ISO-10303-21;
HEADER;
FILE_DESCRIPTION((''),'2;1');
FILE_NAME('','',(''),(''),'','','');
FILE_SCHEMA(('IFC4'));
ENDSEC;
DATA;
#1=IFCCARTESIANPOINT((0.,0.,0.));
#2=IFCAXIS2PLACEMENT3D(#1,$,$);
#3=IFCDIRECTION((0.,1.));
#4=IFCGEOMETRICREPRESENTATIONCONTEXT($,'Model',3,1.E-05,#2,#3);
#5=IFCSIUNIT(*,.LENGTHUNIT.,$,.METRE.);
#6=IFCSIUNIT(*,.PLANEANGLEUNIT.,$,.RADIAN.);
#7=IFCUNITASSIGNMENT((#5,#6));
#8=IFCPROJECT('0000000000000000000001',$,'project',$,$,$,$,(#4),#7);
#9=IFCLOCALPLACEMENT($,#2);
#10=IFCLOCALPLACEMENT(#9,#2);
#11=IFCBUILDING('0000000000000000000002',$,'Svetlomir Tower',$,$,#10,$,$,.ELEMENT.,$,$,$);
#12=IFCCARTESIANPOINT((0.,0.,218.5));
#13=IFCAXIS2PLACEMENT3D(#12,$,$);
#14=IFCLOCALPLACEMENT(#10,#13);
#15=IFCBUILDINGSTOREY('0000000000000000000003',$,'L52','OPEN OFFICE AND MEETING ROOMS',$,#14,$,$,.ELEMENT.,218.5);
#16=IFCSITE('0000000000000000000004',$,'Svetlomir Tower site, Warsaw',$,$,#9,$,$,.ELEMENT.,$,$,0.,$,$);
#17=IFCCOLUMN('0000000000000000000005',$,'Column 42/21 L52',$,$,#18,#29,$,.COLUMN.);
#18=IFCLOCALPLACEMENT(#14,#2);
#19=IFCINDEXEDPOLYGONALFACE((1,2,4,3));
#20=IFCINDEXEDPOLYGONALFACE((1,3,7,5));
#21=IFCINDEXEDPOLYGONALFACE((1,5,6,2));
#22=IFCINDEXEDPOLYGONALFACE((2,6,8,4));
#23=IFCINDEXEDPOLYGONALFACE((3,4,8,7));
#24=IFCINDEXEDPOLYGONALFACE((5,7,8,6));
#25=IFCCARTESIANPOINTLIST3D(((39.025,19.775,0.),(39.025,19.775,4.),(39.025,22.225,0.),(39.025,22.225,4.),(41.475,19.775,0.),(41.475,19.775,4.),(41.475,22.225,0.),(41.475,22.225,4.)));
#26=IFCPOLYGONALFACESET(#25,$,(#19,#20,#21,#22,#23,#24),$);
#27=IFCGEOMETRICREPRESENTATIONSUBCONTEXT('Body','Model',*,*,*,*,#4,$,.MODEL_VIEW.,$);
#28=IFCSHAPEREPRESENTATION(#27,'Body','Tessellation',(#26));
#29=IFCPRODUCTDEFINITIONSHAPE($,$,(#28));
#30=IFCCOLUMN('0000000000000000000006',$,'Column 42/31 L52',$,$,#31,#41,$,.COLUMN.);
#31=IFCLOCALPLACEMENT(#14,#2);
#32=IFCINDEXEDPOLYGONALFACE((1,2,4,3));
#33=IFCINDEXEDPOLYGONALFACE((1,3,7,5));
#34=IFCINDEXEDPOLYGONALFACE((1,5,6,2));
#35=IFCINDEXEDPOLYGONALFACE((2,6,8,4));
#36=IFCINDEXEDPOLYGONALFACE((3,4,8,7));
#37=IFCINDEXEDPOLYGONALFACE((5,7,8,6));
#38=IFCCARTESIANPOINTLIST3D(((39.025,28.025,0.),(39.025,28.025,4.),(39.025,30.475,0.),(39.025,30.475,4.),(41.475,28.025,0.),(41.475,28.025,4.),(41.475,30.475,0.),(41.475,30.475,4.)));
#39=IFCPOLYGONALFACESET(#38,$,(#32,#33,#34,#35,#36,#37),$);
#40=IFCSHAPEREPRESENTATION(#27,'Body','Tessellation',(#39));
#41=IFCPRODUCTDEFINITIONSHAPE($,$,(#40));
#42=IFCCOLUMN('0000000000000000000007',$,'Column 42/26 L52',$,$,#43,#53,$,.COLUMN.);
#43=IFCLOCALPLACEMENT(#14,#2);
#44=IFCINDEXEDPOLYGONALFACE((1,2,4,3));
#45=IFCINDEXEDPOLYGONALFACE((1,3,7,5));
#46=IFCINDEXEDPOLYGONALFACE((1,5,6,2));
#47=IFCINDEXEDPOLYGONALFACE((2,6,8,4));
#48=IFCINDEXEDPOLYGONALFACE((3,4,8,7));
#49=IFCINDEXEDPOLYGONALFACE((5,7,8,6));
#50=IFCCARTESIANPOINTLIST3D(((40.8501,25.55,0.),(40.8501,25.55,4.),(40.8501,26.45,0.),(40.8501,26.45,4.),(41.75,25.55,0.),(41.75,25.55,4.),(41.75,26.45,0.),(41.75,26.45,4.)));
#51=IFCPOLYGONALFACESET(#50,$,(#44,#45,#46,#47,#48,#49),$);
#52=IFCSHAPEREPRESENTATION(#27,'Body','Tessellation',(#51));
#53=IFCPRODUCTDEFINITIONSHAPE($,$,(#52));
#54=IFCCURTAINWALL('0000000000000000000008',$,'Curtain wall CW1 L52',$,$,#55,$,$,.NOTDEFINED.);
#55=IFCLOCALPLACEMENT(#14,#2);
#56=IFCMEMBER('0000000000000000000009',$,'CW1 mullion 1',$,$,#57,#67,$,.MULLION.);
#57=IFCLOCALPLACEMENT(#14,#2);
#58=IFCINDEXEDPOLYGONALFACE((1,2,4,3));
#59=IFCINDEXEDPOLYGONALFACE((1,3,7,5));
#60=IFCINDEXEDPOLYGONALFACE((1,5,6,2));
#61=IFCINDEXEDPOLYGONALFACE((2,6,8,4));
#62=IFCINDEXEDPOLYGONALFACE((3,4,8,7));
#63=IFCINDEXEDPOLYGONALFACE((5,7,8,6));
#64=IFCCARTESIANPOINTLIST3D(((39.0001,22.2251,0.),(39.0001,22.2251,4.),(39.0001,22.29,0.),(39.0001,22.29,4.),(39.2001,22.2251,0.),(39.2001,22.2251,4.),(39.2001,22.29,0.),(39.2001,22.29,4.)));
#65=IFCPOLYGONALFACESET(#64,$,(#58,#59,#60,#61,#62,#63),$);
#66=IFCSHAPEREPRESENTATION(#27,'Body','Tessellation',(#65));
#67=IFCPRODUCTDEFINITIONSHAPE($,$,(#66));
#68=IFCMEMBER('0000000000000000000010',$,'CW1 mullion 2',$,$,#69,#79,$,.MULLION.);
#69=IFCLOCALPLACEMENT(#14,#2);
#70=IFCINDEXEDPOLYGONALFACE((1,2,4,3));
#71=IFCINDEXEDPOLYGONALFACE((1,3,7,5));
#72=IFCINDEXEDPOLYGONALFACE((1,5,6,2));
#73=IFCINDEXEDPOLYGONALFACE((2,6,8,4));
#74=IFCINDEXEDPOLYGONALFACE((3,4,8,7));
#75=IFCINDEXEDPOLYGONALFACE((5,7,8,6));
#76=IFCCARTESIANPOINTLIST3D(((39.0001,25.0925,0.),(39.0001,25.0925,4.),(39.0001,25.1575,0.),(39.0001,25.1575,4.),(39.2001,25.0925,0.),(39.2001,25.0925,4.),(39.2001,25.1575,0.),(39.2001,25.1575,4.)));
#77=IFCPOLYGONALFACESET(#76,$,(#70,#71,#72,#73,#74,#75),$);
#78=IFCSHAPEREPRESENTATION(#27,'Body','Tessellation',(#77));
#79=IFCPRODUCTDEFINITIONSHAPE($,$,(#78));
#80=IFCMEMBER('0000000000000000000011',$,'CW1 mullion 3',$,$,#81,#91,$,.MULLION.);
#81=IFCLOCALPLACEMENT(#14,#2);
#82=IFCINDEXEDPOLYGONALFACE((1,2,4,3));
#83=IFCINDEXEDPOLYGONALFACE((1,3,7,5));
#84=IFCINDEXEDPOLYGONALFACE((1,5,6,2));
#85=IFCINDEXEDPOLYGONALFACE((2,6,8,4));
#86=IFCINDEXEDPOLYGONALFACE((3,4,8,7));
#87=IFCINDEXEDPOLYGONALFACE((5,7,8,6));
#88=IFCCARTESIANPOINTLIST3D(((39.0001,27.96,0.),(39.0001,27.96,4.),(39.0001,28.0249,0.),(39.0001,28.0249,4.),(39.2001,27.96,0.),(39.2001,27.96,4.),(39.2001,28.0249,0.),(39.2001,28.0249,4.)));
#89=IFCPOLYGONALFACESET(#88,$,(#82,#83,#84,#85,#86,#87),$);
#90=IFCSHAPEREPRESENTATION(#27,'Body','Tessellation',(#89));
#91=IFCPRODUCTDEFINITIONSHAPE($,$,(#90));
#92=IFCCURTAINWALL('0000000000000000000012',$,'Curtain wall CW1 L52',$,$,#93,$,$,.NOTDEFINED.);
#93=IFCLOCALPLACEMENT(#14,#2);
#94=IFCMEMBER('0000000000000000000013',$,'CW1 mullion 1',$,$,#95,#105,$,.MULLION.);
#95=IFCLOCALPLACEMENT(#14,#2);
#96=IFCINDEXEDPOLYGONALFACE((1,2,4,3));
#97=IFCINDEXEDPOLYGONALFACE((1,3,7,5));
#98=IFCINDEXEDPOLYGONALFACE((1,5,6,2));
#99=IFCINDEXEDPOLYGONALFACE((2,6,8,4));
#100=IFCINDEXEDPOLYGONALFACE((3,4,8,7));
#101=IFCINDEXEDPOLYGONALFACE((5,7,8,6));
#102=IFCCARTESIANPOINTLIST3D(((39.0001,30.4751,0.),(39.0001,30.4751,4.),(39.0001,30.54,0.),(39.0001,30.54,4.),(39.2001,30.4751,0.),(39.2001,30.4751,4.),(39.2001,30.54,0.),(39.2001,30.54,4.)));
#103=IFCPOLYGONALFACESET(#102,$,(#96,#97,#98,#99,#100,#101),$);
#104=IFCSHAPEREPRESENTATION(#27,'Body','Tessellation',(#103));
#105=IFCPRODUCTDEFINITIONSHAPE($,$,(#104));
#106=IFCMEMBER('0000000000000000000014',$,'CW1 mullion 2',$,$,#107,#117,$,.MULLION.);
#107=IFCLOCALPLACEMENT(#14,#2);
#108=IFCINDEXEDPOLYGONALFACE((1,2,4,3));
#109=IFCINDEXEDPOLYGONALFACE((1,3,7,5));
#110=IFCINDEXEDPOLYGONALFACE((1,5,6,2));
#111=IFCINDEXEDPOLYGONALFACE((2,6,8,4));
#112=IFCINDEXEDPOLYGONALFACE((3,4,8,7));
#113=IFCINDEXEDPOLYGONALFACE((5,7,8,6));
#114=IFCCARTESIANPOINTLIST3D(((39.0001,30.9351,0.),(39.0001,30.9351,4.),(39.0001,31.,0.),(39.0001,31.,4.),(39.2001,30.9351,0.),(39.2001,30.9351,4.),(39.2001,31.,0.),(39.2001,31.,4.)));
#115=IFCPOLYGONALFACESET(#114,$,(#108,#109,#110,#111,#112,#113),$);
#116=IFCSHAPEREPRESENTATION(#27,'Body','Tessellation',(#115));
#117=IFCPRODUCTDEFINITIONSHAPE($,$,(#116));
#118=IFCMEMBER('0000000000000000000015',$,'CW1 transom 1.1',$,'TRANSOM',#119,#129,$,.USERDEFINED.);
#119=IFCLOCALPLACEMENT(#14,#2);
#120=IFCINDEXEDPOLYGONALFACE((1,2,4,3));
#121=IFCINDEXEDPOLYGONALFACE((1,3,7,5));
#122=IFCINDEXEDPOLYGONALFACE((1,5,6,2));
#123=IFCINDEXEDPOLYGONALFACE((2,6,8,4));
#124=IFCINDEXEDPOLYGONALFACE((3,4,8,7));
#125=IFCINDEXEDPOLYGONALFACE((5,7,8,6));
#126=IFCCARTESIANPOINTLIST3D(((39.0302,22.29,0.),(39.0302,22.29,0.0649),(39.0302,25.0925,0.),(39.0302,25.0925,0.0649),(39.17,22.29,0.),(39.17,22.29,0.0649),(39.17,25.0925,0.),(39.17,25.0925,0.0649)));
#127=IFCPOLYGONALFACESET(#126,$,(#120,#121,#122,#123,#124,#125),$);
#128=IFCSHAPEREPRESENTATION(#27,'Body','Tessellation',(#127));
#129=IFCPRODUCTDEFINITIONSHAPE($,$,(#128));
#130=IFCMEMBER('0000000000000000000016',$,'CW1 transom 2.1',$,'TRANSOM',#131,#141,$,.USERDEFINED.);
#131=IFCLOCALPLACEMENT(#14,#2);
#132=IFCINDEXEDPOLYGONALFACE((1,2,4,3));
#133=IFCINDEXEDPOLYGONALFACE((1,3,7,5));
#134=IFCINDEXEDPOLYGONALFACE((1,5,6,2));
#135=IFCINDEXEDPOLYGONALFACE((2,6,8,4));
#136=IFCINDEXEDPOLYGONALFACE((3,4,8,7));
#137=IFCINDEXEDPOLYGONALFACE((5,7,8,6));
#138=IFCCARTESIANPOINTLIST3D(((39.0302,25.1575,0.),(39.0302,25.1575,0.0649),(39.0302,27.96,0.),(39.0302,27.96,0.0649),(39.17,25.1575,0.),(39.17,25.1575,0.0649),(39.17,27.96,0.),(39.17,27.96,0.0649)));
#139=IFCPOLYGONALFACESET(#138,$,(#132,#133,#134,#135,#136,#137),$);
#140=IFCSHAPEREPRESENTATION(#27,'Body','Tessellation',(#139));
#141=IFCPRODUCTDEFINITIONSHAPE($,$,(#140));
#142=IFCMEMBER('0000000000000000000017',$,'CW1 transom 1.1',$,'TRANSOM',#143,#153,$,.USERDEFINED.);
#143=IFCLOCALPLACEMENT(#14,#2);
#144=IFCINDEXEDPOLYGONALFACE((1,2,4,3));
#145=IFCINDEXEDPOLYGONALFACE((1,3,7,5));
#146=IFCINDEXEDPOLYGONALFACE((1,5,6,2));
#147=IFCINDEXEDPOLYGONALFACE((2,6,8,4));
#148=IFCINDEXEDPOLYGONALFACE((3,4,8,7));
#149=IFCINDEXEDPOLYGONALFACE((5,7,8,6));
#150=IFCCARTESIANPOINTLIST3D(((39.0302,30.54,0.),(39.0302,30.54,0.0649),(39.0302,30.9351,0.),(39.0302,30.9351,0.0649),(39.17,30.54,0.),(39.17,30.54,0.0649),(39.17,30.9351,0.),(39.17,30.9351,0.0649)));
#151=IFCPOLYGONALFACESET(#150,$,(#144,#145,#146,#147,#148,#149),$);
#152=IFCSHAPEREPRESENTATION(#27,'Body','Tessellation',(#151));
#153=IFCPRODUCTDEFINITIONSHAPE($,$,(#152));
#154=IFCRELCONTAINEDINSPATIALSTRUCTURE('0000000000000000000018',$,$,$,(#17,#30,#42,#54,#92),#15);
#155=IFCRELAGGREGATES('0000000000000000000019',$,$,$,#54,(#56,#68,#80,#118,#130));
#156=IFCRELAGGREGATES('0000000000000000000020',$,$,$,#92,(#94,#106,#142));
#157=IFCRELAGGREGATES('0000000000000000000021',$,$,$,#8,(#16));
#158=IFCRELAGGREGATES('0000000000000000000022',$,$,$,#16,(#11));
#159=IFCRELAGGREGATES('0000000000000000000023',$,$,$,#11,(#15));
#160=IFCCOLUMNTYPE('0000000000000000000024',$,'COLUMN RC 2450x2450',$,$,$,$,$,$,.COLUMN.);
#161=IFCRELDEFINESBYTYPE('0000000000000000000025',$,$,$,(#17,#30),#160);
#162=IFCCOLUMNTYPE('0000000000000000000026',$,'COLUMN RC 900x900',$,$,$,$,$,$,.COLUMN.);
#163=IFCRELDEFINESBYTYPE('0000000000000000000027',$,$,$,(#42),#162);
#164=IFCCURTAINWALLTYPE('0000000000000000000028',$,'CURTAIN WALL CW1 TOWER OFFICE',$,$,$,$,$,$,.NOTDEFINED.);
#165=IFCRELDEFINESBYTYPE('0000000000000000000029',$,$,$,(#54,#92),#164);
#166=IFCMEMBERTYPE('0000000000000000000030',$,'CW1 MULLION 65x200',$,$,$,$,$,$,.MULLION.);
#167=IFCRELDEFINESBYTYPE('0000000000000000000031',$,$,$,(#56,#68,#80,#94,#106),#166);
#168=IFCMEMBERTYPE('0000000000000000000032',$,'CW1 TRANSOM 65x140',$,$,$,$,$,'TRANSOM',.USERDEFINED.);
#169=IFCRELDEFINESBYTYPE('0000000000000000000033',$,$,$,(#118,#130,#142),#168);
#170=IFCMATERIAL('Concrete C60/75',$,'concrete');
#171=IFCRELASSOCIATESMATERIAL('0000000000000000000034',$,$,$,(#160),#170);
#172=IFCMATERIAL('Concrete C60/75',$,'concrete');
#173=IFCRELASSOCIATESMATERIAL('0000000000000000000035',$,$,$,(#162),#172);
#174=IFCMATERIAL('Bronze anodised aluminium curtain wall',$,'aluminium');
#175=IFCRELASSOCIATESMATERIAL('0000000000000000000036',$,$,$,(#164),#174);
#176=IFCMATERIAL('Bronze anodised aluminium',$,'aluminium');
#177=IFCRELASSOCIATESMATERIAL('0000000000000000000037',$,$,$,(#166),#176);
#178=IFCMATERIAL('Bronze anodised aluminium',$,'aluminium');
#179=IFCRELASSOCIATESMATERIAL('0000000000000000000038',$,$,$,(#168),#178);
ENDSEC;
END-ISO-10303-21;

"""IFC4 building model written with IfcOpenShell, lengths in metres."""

from ifc_helpers import new_model, si_unit, direction, frame, origin, origin_2d, place, context, subcontext, project, spatial, rectangle, extrude, material, material_profile, profile_set, type_object, element, aggregate, save


model = new_model("IFC4")

# Units and contexts
model_context = context("Model", 3, precision=1e-05, world=origin(), true_north=direction((0.0, 1.0)))
body_context = subcontext(model_context, "Body", "Model", "MODEL_VIEW")
ifc_project = project(units=[si_unit("LENGTHUNIT", "METRE"), si_unit("PLANEANGLEUNIT", "RADIAN")], contexts=[model_context])

# Site, building, storey
site_placement = place(None, origin())
site = spatial("IfcSite", under=ifc_project, at=site_placement, Name="Svetlomir Tower site, Warsaw", CompositionType="ELEMENT", RefElevation=0.0)
building_placement = place(site_placement, origin())
building = spatial("IfcBuilding", under=site, at=building_placement, Name="Svetlomir Tower", CompositionType="ELEMENT")
storey_placement = place(building_placement, frame((0.0, 0.0, 218.5)))
storey = spatial("IfcBuildingStorey", under=building, at=storey_placement, Name="L52", Description="OPEN OFFICE AND MEETING ROOMS", CompositionType="ELEMENT", Elevation=218.5)

# Columns
ifc_material_1 = material(Name="Concrete C60/75", Category="concrete")
ifc_material_profile_1 = material_profile(ifc_material_1, rectangle(XDim=2.45, YDim=2.45, at=origin_2d()), Name="RC 2450x2450")
ifc_profile_set_1 = profile_set([ifc_material_profile_1], Name="Concrete C60/75")
column_type_1 = type_object("IfcColumnType", Name="COLUMN RC 2450x2450", PredefinedType="COLUMN", material=ifc_profile_set_1)
for number, where, z_axis, x_axis, name in (
    (1, (40.25, 21.0, 0.0), (0.0, 0.0, 1.0), (1.0, 0.0, 0.0), "Column 42/21 L52"),
    (2, (40.25, 29.25, 0.0), (0.0, 0.0, 1.0), (1.0, 0.0, 0.0), "Column 42/31 L52"),
):
    element("IfcColumn", number, at=place(storey_placement, frame(where, z_axis=z_axis, x_axis=x_axis)), inside=storey, type_object=column_type_1, Name=name, PredefinedType="COLUMN", context=body_context, shape_type="SweptSolid", body=[
        extrude(rectangle(XDim=2.45, YDim=2.45, at=origin_2d()), origin(), (0.0, 0.0, 1.0), 4.0),
    ])
ifc_material_2 = material(Name="Concrete C60/75", Category="concrete")
ifc_material_profile_2 = material_profile(ifc_material_2, rectangle(XDim=0.8999, YDim=0.8999, at=origin_2d()), Name="RC 900x900")
ifc_profile_set_2 = profile_set([ifc_material_profile_2], Name="Concrete C60/75")
column_type_2 = type_object("IfcColumnType", Name="COLUMN RC 900x900", PredefinedType="COLUMN", material=ifc_profile_set_2)
column_placement = place(storey_placement, frame((41.3, 26.0, 0.0), z_axis=(0.0, 0.0, 1.0), x_axis=(1.0, 0.0, 0.0)))
element("IfcColumn", 3, at=column_placement, inside=storey, type_object=column_type_2, Name="Column 42/26 L52", PredefinedType="COLUMN", context=body_context, shape_type="SweptSolid", body=[
    extrude(rectangle(XDim=0.8999, YDim=0.8999, at=origin_2d()), origin(), (0.0, 0.0, 1.0), 4.0),
])

# Curtain walls, members
ifc_material_3 = material(Name="Bronze anodised aluminium curtain wall", Category="aluminium")
curtain_wall_type = type_object("IfcCurtainWallType", Name="CURTAIN WALL CW1 TOWER OFFICE", PredefinedType="NOTDEFINED", material=ifc_material_3)
curtain_wall_1_placement = place(storey_placement, origin())
curtain_wall_1 = element("IfcCurtainWall", 4, at=curtain_wall_1_placement, inside=storey, type_object=curtain_wall_type, Name="Curtain wall CW1 L52", PredefinedType="NOTDEFINED")
ifc_material_4 = material(Name="Bronze anodised aluminium", Category="aluminium")
ifc_material_profile_3 = material_profile(ifc_material_4, rectangle(XDim=0.0649, YDim=0.2, at=origin_2d()), Name="AL 65x200")
ifc_profile_set_3 = profile_set([ifc_material_profile_3], Name="Bronze anodised aluminium 6063-T6")
member_type_1 = type_object("IfcMemberType", Name="CW1 MULLION 65x200", PredefinedType="MULLION", material=ifc_profile_set_3)
member_1_placement = place(storey_placement, frame((39.1001, 22.2576, 0.0), z_axis=(0.0, 0.0, 1.0), x_axis=(0.0, 1.0, 0.0)))
member_1 = element("IfcMember", 5, at=member_1_placement, type_object=member_type_1, Name="CW1 mullion 1", PredefinedType="MULLION", context=body_context, shape_type="SweptSolid", body=[
    extrude(rectangle(XDim=0.0649, YDim=0.2, at=origin_2d()), origin(), (0.0, 0.0, 1.0), 4.0),
])
member_2_placement = place(storey_placement, frame((39.1001, 25.125, 0.0), z_axis=(0.0, 0.0, 1.0), x_axis=(0.0, 1.0, 0.0)))
member_2 = element("IfcMember", 6, at=member_2_placement, type_object=member_type_1, Name="CW1 mullion 2", PredefinedType="MULLION", context=body_context, shape_type="SweptSolid", body=[
    extrude(rectangle(XDim=0.0649, YDim=0.2, at=origin_2d()), origin(), (0.0, 0.0, 1.0), 4.0),
])
member_3_placement = place(storey_placement, frame((39.1001, 27.9924, 0.0), z_axis=(0.0, 0.0, 1.0), x_axis=(0.0, 1.0, 0.0)))
member_3 = element("IfcMember", 7, at=member_3_placement, type_object=member_type_1, Name="CW1 mullion 3", PredefinedType="MULLION", context=body_context, shape_type="SweptSolid", body=[
    extrude(rectangle(XDim=0.0649, YDim=0.2, at=origin_2d()), origin(), (0.0, 0.0, 1.0), 4.0),
])
curtain_wall_2_placement = place(storey_placement, origin())
curtain_wall_2 = element("IfcCurtainWall", 8, at=curtain_wall_2_placement, inside=storey, type_object=curtain_wall_type, Name="Curtain wall CW1 L52", PredefinedType="NOTDEFINED")
member_4_placement = place(storey_placement, frame((39.1001, 30.5076, 0.0), z_axis=(0.0, 0.0, 1.0), x_axis=(0.0, 1.0, 0.0)))
member_4 = element("IfcMember", 9, at=member_4_placement, type_object=member_type_1, Name="CW1 mullion 1", PredefinedType="MULLION", context=body_context, shape_type="SweptSolid", body=[
    extrude(rectangle(XDim=0.0649, YDim=0.2, at=origin_2d()), origin(), (0.0, 0.0, 1.0), 4.0),
])
member_5_placement = place(storey_placement, frame((39.1001, 30.9675, 0.0), z_axis=(0.0, 0.0, 1.0), x_axis=(0.0, 1.0, 0.0)))
member_5 = element("IfcMember", 10, at=member_5_placement, type_object=member_type_1, Name="CW1 mullion 2", PredefinedType="MULLION", context=body_context, shape_type="SweptSolid", body=[
    extrude(rectangle(XDim=0.0649, YDim=0.2, at=origin_2d()), origin(), (0.0, 0.0, 1.0), 4.0),
])

# Members
ifc_material_5 = material(Name="Bronze anodised aluminium", Category="aluminium")
ifc_material_profile_4 = material_profile(ifc_material_5, rectangle(XDim=0.1399, YDim=0.0649, at=origin_2d()), Name="AL 140x65")
ifc_profile_set_4 = profile_set([ifc_material_profile_4], Name="Bronze anodised aluminium 6063-T6")
member_type_2 = type_object("IfcMemberType", Name="CW1 TRANSOM 65x140", ElementType="TRANSOM", PredefinedType="USERDEFINED", material=ifc_profile_set_4)
member_6_placement = place(storey_placement, frame((39.1001, 22.29, 0.0325), z_axis=(0.0, 1.0, 0.0), x_axis=(-1.0, 0.0, 0.0)))
member_6 = element("IfcMember", 11, at=member_6_placement, type_object=member_type_2, Name="CW1 transom 1.1", ObjectType="TRANSOM", PredefinedType="USERDEFINED", context=body_context, shape_type="SweptSolid", body=[
    extrude(rectangle(XDim=0.1399, YDim=0.0649, at=origin_2d()), origin(), (0.0, 0.0, 1.0), 2.8025),
])
member_7_placement = place(storey_placement, frame((39.1001, 25.1575, 0.0325), z_axis=(0.0, 1.0, 0.0), x_axis=(-1.0, 0.0, 0.0)))
member_7 = element("IfcMember", 12, at=member_7_placement, type_object=member_type_2, Name="CW1 transom 2.1", ObjectType="TRANSOM", PredefinedType="USERDEFINED", context=body_context, shape_type="SweptSolid", body=[
    extrude(rectangle(XDim=0.1399, YDim=0.0649, at=origin_2d()), origin(), (0.0, 0.0, 1.0), 2.8025),
])
member_8_placement = place(storey_placement, frame((39.1001, 30.54, 0.0325), z_axis=(0.0, 1.0, 0.0), x_axis=(-1.0, 0.0, 0.0)))
member_8 = element("IfcMember", 13, at=member_8_placement, type_object=member_type_2, Name="CW1 transom 1.1", ObjectType="TRANSOM", PredefinedType="USERDEFINED", context=body_context, shape_type="SweptSolid", body=[
    extrude(rectangle(XDim=0.1399, YDim=0.0649, at=origin_2d()), origin(), (0.0, 0.0, 1.0), 0.395),
])

aggregate(curtain_wall_1, [member_1, member_2, member_3, member_6, member_7])
aggregate(curtain_wall_2, [member_4, member_5, member_8])

save(model, "model.ifc")
